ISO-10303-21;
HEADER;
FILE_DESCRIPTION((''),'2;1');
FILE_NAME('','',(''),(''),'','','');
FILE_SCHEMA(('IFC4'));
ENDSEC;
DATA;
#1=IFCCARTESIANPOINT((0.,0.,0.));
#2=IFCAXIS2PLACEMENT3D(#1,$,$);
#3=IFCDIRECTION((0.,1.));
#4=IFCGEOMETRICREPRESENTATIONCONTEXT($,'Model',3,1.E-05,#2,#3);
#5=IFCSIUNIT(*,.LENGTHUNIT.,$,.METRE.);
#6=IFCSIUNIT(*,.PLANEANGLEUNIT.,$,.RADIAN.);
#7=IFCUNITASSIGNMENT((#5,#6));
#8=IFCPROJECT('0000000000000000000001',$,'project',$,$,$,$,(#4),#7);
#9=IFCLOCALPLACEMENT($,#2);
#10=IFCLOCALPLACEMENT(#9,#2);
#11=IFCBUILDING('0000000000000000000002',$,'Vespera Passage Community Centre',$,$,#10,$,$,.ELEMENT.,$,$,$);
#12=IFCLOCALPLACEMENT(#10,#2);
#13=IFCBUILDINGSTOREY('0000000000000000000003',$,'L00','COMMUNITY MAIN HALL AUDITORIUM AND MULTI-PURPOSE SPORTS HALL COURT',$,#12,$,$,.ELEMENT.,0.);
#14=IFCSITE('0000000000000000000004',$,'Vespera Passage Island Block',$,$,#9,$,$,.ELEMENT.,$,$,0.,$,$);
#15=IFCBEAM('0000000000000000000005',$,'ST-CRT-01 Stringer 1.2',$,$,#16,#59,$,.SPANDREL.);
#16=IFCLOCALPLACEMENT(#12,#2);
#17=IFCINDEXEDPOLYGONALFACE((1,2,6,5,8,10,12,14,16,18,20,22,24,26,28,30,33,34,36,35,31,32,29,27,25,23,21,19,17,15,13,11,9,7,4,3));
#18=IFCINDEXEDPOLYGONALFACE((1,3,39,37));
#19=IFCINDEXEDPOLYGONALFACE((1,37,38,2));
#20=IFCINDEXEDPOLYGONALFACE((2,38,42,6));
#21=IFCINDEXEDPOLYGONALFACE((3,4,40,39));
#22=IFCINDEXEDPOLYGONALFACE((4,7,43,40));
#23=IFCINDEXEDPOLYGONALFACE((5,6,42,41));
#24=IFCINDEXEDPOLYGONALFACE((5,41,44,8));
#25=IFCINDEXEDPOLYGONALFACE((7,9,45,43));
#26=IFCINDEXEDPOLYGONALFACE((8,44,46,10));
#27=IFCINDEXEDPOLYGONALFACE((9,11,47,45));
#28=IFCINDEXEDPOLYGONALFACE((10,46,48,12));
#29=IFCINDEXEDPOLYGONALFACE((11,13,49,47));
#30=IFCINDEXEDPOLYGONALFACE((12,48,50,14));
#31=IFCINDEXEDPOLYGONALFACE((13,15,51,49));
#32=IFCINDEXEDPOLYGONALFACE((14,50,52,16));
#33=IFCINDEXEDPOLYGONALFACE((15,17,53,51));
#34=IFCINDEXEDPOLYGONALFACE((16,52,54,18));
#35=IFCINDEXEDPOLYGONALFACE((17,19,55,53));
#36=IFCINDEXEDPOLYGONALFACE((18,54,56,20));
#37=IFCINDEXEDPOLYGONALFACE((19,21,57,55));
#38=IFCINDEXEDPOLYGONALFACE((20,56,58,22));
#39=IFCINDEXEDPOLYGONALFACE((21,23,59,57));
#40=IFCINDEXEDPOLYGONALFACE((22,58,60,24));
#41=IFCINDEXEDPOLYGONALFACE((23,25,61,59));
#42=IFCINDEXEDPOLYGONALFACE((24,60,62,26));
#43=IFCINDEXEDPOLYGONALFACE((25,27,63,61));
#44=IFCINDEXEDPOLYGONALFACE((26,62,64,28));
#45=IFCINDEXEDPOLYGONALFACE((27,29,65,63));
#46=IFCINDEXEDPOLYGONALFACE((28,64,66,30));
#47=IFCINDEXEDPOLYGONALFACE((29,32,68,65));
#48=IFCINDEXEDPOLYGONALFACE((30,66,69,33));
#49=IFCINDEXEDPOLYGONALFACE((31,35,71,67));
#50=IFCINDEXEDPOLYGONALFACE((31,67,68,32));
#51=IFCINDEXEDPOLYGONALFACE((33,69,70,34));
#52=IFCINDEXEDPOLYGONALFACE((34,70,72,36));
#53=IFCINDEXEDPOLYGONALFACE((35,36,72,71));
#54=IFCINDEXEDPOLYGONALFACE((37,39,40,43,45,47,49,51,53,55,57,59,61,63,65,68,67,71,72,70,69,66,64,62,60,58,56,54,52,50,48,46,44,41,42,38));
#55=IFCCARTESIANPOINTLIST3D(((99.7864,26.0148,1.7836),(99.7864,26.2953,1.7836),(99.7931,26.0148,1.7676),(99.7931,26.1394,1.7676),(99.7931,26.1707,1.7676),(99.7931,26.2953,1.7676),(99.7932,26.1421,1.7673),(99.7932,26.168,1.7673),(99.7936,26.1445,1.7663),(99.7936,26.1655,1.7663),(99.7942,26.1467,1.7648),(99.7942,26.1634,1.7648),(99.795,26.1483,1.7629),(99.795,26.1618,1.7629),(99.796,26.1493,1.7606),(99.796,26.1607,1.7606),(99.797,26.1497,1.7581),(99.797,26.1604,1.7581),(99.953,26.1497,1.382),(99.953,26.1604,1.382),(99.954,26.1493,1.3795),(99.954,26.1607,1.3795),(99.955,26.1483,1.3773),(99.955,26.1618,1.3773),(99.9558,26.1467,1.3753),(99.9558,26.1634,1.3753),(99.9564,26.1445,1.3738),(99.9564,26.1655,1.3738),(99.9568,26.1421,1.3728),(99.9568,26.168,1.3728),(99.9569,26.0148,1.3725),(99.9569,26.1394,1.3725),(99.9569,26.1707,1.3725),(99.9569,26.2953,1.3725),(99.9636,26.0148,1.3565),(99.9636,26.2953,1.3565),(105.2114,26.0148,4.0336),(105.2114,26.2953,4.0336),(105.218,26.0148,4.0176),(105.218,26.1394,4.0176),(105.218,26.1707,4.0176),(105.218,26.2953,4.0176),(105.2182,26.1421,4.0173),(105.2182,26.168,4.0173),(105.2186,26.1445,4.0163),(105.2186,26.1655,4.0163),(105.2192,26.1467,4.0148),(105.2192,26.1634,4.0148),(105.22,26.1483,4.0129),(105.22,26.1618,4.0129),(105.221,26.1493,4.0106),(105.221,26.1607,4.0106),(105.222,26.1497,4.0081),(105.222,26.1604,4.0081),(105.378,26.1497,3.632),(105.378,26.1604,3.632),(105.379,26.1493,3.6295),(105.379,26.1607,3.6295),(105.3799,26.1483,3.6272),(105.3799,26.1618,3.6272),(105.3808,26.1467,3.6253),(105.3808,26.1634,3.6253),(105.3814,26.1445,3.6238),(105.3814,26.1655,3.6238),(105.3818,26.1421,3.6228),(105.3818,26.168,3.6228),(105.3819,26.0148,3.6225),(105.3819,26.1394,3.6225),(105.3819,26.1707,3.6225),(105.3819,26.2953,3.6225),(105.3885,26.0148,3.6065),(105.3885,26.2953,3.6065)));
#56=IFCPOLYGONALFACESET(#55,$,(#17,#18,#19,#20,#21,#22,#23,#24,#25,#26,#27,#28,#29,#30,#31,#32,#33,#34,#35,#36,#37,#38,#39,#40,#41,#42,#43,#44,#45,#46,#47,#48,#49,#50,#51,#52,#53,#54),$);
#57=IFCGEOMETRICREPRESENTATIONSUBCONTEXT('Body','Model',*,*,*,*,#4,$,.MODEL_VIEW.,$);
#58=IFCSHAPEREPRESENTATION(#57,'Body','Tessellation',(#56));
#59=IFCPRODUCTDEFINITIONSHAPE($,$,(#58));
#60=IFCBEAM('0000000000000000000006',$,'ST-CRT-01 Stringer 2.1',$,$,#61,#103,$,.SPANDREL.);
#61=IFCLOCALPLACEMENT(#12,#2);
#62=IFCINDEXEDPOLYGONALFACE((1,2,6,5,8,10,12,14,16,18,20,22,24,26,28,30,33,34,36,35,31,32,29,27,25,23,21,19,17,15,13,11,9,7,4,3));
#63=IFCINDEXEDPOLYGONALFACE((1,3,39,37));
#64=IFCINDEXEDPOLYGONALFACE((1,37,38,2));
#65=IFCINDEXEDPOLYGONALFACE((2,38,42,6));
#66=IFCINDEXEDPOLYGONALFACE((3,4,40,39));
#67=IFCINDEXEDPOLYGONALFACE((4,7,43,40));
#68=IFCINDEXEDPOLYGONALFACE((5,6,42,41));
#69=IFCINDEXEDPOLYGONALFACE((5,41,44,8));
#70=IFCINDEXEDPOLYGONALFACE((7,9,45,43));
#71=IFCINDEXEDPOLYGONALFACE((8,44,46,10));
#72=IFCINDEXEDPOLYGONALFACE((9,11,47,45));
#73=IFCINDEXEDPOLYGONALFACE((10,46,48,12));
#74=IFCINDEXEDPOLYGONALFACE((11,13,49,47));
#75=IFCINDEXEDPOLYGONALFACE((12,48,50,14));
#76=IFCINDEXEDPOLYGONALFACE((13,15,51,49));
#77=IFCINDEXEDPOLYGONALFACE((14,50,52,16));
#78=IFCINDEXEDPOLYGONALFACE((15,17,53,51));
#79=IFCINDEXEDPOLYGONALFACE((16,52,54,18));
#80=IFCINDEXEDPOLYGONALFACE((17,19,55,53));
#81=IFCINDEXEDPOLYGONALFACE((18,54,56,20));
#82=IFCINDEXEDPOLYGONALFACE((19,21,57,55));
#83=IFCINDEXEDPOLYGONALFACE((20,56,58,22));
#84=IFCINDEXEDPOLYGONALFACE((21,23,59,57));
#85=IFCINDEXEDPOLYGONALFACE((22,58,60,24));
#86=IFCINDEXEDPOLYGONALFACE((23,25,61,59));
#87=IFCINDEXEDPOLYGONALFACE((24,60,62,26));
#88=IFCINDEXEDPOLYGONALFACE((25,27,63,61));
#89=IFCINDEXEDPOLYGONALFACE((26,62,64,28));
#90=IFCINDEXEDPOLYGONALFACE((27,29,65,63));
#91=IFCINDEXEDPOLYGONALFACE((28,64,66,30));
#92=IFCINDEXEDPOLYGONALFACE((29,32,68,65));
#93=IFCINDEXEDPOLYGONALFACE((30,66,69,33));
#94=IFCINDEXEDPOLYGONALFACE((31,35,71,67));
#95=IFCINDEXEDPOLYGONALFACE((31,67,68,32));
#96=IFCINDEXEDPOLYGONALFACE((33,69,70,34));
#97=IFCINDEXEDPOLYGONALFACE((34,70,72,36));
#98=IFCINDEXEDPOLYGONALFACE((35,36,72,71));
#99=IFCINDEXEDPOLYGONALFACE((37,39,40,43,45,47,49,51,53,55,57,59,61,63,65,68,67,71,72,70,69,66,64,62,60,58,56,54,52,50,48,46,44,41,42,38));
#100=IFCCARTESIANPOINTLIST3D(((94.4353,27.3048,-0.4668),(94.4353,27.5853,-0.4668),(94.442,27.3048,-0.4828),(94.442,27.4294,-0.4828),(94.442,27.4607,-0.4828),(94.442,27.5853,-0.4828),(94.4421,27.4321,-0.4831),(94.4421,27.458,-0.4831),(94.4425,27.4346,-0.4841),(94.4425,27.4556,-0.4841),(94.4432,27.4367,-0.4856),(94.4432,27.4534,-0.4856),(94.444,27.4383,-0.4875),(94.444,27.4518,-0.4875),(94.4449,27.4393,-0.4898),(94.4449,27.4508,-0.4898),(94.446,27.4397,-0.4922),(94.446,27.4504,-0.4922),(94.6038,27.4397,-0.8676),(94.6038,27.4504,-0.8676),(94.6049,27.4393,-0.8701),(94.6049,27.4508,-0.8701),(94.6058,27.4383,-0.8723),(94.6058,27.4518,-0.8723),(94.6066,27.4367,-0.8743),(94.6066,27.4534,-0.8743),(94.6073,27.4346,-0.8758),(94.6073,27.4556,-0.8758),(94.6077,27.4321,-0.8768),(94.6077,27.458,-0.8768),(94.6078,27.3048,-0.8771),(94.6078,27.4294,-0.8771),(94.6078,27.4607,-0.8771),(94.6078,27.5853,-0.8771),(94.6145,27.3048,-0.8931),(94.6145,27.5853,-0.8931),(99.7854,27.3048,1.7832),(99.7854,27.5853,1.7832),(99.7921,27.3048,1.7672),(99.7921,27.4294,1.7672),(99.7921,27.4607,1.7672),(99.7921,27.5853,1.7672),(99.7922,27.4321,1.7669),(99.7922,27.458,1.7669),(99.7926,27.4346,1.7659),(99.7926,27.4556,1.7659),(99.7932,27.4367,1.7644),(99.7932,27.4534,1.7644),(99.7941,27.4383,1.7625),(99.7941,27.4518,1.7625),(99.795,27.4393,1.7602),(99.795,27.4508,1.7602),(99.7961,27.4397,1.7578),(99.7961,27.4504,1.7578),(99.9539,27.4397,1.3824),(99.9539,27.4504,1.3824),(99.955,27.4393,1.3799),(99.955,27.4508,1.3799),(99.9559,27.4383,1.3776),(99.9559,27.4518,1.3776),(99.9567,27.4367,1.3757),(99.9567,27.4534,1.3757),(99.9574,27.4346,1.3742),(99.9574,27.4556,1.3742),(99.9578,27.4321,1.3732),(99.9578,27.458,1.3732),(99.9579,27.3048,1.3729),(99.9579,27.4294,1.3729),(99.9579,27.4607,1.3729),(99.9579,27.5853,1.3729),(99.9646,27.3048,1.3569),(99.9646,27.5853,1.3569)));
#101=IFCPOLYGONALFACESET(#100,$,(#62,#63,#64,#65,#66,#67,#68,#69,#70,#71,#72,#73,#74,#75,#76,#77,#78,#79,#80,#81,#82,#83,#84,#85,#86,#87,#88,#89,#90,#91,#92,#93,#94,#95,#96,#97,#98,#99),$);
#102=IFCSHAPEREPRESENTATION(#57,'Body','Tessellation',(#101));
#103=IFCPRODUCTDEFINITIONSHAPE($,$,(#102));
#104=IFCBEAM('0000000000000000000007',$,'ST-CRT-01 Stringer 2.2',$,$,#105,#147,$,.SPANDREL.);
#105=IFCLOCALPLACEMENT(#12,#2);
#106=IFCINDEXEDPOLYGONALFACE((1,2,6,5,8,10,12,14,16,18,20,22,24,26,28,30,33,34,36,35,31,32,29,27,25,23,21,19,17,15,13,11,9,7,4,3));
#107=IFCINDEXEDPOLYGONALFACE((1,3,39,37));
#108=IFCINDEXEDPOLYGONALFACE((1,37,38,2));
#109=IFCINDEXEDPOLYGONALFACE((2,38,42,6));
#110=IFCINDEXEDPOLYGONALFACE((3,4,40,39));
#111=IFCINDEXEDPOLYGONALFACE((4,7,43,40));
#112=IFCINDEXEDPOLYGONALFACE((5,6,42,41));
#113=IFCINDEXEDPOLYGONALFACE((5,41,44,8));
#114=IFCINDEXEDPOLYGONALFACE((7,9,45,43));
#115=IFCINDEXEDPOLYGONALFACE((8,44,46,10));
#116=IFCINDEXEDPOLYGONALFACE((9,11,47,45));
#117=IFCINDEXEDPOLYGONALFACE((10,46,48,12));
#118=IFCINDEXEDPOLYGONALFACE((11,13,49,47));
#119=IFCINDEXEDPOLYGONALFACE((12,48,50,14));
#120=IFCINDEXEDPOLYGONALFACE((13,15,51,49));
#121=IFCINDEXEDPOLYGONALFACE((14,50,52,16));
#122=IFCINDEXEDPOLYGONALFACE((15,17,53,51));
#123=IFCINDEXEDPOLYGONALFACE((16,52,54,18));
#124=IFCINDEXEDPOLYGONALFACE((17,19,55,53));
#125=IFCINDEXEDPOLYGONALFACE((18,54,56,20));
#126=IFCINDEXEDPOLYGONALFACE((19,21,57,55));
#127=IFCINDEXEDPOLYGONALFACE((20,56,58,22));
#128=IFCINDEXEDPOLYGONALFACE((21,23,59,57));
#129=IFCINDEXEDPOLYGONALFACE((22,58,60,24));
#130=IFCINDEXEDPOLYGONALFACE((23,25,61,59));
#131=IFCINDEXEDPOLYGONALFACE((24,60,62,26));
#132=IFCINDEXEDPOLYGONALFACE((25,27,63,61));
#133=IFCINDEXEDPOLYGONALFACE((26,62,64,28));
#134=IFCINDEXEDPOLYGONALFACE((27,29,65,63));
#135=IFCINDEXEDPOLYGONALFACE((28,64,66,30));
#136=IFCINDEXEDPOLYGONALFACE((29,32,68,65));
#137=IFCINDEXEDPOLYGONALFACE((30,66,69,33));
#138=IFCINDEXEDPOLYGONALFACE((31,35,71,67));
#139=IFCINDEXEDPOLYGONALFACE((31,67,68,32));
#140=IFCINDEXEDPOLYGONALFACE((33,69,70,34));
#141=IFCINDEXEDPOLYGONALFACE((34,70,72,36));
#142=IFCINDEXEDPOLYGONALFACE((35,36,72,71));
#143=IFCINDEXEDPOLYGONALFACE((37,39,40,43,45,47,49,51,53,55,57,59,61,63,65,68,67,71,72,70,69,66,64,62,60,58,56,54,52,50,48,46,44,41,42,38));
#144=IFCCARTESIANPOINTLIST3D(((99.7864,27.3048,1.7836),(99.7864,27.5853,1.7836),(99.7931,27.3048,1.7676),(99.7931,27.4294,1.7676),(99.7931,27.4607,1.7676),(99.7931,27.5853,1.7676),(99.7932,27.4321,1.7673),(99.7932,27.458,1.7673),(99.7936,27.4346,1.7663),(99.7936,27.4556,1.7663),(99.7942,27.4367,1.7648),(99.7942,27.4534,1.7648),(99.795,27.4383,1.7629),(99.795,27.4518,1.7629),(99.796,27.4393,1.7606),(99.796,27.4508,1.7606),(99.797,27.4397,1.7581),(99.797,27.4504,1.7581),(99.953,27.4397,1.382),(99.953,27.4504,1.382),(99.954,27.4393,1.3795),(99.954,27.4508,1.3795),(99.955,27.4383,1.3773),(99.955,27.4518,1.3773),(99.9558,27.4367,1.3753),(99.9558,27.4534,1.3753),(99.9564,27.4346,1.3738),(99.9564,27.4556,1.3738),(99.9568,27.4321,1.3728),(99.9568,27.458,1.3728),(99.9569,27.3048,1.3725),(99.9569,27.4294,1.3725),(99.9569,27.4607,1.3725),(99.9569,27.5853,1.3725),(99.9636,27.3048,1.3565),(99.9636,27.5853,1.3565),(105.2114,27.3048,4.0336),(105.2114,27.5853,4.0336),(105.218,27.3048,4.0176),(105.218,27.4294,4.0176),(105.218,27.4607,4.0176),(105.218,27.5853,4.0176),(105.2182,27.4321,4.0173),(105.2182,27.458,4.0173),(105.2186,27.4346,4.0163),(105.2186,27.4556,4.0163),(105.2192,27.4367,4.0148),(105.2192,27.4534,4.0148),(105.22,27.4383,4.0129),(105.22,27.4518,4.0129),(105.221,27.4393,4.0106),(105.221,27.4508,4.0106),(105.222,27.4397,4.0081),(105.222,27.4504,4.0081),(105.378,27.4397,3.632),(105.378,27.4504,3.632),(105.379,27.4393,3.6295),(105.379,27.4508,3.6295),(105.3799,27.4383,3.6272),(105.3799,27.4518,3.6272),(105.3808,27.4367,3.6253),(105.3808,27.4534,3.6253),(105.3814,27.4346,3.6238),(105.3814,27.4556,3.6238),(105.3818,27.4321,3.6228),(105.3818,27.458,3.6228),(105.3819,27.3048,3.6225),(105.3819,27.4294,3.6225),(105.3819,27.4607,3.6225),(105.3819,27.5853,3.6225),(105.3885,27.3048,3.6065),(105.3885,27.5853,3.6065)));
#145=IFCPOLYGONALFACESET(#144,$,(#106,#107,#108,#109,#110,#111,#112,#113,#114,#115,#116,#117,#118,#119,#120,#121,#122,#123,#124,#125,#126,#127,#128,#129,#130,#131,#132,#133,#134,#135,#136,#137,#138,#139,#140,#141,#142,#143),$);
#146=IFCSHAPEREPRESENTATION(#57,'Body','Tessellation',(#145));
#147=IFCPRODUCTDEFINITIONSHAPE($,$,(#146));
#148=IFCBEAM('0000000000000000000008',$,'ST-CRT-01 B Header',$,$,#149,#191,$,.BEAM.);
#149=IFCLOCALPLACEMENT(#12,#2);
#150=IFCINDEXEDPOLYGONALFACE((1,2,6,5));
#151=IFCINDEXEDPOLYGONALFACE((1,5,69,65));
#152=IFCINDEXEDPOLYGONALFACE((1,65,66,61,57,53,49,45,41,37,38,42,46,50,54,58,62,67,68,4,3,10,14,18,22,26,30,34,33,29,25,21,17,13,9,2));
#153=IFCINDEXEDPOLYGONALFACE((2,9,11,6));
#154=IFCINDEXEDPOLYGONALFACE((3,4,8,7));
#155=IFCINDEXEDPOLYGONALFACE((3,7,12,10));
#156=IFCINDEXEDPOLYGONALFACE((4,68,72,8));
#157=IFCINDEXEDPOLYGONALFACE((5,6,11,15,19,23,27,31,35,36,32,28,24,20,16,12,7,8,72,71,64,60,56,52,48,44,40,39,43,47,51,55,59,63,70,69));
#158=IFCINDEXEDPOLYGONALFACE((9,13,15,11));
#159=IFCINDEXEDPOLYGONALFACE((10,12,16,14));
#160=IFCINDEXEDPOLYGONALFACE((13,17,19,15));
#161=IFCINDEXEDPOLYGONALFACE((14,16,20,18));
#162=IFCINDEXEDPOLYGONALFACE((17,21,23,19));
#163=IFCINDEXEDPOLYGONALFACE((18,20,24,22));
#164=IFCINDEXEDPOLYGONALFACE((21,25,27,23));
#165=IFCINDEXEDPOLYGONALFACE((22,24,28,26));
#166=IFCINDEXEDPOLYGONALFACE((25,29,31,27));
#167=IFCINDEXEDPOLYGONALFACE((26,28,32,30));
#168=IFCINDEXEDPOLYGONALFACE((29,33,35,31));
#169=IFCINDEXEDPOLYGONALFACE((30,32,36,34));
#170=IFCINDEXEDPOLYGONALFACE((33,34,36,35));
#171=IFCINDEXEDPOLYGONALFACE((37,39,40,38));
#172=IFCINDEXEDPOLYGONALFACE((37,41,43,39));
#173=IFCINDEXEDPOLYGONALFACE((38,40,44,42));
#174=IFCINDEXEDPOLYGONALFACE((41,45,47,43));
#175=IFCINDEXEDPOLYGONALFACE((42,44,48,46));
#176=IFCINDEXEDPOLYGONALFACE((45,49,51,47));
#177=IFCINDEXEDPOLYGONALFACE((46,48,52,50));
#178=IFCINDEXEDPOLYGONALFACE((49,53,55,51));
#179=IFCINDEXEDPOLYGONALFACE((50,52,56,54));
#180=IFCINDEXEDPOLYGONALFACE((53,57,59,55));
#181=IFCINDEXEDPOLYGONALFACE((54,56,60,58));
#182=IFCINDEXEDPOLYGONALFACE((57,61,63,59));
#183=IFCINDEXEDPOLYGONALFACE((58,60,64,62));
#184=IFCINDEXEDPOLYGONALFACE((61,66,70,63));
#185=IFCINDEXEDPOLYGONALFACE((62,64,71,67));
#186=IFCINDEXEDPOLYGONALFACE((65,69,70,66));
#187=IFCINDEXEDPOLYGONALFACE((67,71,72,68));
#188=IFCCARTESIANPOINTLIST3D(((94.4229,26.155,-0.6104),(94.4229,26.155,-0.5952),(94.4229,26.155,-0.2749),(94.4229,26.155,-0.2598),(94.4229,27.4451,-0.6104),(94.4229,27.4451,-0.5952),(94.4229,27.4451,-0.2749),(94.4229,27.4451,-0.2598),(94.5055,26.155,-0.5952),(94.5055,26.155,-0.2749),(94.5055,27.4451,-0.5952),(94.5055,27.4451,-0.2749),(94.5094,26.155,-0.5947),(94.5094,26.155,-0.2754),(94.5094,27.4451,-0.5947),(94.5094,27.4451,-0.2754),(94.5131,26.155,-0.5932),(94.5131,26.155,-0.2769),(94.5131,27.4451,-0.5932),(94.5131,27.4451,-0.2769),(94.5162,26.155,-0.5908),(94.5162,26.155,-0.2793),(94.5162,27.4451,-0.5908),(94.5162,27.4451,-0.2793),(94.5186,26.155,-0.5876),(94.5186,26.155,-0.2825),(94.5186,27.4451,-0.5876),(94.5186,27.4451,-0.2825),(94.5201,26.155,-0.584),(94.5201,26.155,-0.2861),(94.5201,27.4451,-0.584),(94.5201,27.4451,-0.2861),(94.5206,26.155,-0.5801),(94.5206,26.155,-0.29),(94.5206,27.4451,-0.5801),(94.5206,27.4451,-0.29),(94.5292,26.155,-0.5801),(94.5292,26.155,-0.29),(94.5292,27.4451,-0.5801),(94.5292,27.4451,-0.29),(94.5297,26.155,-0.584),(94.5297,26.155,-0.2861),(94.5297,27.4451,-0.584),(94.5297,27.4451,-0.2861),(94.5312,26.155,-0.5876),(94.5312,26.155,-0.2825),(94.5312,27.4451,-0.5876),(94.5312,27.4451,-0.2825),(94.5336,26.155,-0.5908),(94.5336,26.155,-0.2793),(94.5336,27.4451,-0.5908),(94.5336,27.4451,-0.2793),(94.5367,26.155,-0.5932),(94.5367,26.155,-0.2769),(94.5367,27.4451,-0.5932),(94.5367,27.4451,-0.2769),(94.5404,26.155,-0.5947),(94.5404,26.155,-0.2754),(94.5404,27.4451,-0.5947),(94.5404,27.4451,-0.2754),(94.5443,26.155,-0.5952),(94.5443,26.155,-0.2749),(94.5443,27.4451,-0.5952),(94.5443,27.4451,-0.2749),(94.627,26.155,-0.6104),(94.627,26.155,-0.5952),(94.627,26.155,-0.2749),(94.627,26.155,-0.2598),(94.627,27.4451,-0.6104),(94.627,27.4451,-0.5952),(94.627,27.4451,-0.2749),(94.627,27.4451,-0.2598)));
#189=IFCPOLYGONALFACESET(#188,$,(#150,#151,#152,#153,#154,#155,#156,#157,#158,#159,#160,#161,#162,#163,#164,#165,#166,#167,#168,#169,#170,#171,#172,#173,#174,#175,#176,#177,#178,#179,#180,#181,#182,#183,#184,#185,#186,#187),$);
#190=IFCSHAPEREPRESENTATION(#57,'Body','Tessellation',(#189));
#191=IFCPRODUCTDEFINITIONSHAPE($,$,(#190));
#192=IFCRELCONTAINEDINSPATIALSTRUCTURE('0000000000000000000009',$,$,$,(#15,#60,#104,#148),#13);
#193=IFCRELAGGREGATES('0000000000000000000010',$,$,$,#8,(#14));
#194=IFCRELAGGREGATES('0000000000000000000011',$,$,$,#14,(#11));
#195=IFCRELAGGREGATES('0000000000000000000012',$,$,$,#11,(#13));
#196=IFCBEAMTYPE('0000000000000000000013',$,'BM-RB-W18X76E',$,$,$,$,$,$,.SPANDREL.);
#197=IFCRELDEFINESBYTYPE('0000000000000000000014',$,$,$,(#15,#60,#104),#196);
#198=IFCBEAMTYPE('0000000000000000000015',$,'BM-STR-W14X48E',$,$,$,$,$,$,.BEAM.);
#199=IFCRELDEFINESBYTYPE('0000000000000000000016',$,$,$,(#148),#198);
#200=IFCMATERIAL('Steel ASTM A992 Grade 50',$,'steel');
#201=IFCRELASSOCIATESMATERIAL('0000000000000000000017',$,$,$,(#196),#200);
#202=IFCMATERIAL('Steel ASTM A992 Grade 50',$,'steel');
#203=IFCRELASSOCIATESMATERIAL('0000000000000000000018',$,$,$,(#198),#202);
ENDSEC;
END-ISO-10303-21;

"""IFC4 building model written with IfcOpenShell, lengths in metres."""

from ifc_helpers import new_model, si_unit, direction, frame, origin, origin_2d, place, context, subcontext, project, spatial, i_section, extrude, material, material_profile, profile_set, type_object, element, save


model = new_model("IFC4")

# Units and contexts
model_context = context("Model", 3, precision=1e-05, world=origin(), true_north=direction((0.0, 1.0)))
body_context = subcontext(model_context, "Body", "Model", "MODEL_VIEW")
ifc_project = project(units=[si_unit("LENGTHUNIT", "METRE"), si_unit("PLANEANGLEUNIT", "RADIAN")], contexts=[model_context])

# Site, building, storey
site_placement = place(None, origin())
site = spatial("IfcSite", under=ifc_project, at=site_placement, Name="Vespera Passage Island Block", CompositionType="ELEMENT", RefElevation=0.0)
building_placement = place(site_placement, origin())
building = spatial("IfcBuilding", under=site, at=building_placement, Name="Vespera Passage Community Centre", CompositionType="ELEMENT")
storey_placement = place(building_placement, origin())
storey = spatial("IfcBuildingStorey", under=building, at=storey_placement, Name="L00", Description="COMMUNITY MAIN HALL AUDITORIUM AND MULTI-PURPOSE SPORTS HALL COURT", CompositionType="ELEMENT", Elevation=0.0)

# Beams
ifc_material_1 = material(Name="Steel ASTM A992 Grade 50", Category="steel")
ifc_material_profile_1 = material_profile(ifc_material_1, i_section(OverallWidth=0.2805, OverallDepth=0.4624, WebThickness=0.0107, FlangeThickness=0.0173, FilletRadius=0.0103, at=origin_2d()), Name="W18X76")
ifc_profile_set_1 = profile_set([ifc_material_profile_1], Name="Steel ASTM A992 Grade 50")
beam_type_1 = type_object("IfcBeamType", Name="BM-RB-W18X76E", PredefinedType="SPANDREL", material=ifc_profile_set_1)
beam_1_placement = place(storey_placement, frame((99.875, 26.155, 1.5701), z_axis=(0.923707, 0.0, 0.383101), x_axis=(0.0, 1.0, 0.0)))
element("IfcBeam", 1, at=beam_1_placement, inside=storey, type_object=beam_type_1, Name="ST-CRT-01 Stringer 1.2", PredefinedType="SPANDREL", context=body_context, shape_type="SweptSolid", body=[
    extrude(i_section(OverallWidth=0.2805, OverallDepth=0.4624, WebThickness=0.0107, FlangeThickness=0.0173, FilletRadius=0.0103, at=origin_2d()), origin(), (0.0, 0.0, 1.0), 5.873),
])
beam_2_placement = place(storey_placement, frame((94.5249, 27.4451, -0.6799), z_axis=(0.9218, 0.0, 0.387666), x_axis=(0.0, 1.0, 0.0)))
element("IfcBeam", 2, at=beam_2_placement, inside=storey, type_object=beam_type_1, Name="ST-CRT-01 Stringer 2.1", PredefinedType="SPANDREL", context=body_context, shape_type="SweptSolid", body=[
    extrude(i_section(OverallWidth=0.2805, OverallDepth=0.4624, WebThickness=0.0107, FlangeThickness=0.0173, FilletRadius=0.0103, at=origin_2d()), origin(), (0.0, 0.0, 1.0), 5.804),
])
beam_3_placement = place(storey_placement, frame((99.875, 27.4451, 1.5701), z_axis=(0.923707, 0.0, 0.383101), x_axis=(0.0, 1.0, 0.0)))
element("IfcBeam", 3, at=beam_3_placement, inside=storey, type_object=beam_type_1, Name="ST-CRT-01 Stringer 2.2", PredefinedType="SPANDREL", context=body_context, shape_type="SweptSolid", body=[
    extrude(i_section(OverallWidth=0.2805, OverallDepth=0.4624, WebThickness=0.0107, FlangeThickness=0.0173, FilletRadius=0.0103, at=origin_2d()), origin(), (0.0, 0.0, 1.0), 5.873),
])
ifc_material_2 = material(Name="Steel ASTM A992 Grade 50", Category="steel")
ifc_material_profile_2 = material_profile(ifc_material_2, i_section(OverallWidth=0.2041, OverallDepth=0.3506, WebThickness=0.0085, FlangeThickness=0.0151, FilletRadius=0.0151, at=origin_2d()), Name="W14X48")
ifc_profile_set_2 = profile_set([ifc_material_profile_2], Name="Steel ASTM A992 Grade 50")
beam_type_2 = type_object("IfcBeamType", Name="BM-STR-W14X48E", PredefinedType="BEAM", material=ifc_profile_set_2)
for number, where, z_axis, x_axis, name in (
    (4, (94.5249, 26.155, -0.4351), (0.0, 1.0, 0.0), (-1.0, 0.0, 0.0), "ST-CRT-01 B Header"),
):
    element("IfcBeam", number, at=place(storey_placement, frame(where, z_axis=z_axis, x_axis=x_axis)), inside=storey, type_object=beam_type_2, Name=name, PredefinedType="BEAM", context=body_context, shape_type="SweptSolid", body=[
        extrude(i_section(OverallWidth=0.2041, OverallDepth=0.3506, WebThickness=0.0085, FlangeThickness=0.0151, FilletRadius=0.0151, at=origin_2d()), origin(), (0.0, 0.0, 1.0), 1.29),
    ])

save(model, "model.ifc")
